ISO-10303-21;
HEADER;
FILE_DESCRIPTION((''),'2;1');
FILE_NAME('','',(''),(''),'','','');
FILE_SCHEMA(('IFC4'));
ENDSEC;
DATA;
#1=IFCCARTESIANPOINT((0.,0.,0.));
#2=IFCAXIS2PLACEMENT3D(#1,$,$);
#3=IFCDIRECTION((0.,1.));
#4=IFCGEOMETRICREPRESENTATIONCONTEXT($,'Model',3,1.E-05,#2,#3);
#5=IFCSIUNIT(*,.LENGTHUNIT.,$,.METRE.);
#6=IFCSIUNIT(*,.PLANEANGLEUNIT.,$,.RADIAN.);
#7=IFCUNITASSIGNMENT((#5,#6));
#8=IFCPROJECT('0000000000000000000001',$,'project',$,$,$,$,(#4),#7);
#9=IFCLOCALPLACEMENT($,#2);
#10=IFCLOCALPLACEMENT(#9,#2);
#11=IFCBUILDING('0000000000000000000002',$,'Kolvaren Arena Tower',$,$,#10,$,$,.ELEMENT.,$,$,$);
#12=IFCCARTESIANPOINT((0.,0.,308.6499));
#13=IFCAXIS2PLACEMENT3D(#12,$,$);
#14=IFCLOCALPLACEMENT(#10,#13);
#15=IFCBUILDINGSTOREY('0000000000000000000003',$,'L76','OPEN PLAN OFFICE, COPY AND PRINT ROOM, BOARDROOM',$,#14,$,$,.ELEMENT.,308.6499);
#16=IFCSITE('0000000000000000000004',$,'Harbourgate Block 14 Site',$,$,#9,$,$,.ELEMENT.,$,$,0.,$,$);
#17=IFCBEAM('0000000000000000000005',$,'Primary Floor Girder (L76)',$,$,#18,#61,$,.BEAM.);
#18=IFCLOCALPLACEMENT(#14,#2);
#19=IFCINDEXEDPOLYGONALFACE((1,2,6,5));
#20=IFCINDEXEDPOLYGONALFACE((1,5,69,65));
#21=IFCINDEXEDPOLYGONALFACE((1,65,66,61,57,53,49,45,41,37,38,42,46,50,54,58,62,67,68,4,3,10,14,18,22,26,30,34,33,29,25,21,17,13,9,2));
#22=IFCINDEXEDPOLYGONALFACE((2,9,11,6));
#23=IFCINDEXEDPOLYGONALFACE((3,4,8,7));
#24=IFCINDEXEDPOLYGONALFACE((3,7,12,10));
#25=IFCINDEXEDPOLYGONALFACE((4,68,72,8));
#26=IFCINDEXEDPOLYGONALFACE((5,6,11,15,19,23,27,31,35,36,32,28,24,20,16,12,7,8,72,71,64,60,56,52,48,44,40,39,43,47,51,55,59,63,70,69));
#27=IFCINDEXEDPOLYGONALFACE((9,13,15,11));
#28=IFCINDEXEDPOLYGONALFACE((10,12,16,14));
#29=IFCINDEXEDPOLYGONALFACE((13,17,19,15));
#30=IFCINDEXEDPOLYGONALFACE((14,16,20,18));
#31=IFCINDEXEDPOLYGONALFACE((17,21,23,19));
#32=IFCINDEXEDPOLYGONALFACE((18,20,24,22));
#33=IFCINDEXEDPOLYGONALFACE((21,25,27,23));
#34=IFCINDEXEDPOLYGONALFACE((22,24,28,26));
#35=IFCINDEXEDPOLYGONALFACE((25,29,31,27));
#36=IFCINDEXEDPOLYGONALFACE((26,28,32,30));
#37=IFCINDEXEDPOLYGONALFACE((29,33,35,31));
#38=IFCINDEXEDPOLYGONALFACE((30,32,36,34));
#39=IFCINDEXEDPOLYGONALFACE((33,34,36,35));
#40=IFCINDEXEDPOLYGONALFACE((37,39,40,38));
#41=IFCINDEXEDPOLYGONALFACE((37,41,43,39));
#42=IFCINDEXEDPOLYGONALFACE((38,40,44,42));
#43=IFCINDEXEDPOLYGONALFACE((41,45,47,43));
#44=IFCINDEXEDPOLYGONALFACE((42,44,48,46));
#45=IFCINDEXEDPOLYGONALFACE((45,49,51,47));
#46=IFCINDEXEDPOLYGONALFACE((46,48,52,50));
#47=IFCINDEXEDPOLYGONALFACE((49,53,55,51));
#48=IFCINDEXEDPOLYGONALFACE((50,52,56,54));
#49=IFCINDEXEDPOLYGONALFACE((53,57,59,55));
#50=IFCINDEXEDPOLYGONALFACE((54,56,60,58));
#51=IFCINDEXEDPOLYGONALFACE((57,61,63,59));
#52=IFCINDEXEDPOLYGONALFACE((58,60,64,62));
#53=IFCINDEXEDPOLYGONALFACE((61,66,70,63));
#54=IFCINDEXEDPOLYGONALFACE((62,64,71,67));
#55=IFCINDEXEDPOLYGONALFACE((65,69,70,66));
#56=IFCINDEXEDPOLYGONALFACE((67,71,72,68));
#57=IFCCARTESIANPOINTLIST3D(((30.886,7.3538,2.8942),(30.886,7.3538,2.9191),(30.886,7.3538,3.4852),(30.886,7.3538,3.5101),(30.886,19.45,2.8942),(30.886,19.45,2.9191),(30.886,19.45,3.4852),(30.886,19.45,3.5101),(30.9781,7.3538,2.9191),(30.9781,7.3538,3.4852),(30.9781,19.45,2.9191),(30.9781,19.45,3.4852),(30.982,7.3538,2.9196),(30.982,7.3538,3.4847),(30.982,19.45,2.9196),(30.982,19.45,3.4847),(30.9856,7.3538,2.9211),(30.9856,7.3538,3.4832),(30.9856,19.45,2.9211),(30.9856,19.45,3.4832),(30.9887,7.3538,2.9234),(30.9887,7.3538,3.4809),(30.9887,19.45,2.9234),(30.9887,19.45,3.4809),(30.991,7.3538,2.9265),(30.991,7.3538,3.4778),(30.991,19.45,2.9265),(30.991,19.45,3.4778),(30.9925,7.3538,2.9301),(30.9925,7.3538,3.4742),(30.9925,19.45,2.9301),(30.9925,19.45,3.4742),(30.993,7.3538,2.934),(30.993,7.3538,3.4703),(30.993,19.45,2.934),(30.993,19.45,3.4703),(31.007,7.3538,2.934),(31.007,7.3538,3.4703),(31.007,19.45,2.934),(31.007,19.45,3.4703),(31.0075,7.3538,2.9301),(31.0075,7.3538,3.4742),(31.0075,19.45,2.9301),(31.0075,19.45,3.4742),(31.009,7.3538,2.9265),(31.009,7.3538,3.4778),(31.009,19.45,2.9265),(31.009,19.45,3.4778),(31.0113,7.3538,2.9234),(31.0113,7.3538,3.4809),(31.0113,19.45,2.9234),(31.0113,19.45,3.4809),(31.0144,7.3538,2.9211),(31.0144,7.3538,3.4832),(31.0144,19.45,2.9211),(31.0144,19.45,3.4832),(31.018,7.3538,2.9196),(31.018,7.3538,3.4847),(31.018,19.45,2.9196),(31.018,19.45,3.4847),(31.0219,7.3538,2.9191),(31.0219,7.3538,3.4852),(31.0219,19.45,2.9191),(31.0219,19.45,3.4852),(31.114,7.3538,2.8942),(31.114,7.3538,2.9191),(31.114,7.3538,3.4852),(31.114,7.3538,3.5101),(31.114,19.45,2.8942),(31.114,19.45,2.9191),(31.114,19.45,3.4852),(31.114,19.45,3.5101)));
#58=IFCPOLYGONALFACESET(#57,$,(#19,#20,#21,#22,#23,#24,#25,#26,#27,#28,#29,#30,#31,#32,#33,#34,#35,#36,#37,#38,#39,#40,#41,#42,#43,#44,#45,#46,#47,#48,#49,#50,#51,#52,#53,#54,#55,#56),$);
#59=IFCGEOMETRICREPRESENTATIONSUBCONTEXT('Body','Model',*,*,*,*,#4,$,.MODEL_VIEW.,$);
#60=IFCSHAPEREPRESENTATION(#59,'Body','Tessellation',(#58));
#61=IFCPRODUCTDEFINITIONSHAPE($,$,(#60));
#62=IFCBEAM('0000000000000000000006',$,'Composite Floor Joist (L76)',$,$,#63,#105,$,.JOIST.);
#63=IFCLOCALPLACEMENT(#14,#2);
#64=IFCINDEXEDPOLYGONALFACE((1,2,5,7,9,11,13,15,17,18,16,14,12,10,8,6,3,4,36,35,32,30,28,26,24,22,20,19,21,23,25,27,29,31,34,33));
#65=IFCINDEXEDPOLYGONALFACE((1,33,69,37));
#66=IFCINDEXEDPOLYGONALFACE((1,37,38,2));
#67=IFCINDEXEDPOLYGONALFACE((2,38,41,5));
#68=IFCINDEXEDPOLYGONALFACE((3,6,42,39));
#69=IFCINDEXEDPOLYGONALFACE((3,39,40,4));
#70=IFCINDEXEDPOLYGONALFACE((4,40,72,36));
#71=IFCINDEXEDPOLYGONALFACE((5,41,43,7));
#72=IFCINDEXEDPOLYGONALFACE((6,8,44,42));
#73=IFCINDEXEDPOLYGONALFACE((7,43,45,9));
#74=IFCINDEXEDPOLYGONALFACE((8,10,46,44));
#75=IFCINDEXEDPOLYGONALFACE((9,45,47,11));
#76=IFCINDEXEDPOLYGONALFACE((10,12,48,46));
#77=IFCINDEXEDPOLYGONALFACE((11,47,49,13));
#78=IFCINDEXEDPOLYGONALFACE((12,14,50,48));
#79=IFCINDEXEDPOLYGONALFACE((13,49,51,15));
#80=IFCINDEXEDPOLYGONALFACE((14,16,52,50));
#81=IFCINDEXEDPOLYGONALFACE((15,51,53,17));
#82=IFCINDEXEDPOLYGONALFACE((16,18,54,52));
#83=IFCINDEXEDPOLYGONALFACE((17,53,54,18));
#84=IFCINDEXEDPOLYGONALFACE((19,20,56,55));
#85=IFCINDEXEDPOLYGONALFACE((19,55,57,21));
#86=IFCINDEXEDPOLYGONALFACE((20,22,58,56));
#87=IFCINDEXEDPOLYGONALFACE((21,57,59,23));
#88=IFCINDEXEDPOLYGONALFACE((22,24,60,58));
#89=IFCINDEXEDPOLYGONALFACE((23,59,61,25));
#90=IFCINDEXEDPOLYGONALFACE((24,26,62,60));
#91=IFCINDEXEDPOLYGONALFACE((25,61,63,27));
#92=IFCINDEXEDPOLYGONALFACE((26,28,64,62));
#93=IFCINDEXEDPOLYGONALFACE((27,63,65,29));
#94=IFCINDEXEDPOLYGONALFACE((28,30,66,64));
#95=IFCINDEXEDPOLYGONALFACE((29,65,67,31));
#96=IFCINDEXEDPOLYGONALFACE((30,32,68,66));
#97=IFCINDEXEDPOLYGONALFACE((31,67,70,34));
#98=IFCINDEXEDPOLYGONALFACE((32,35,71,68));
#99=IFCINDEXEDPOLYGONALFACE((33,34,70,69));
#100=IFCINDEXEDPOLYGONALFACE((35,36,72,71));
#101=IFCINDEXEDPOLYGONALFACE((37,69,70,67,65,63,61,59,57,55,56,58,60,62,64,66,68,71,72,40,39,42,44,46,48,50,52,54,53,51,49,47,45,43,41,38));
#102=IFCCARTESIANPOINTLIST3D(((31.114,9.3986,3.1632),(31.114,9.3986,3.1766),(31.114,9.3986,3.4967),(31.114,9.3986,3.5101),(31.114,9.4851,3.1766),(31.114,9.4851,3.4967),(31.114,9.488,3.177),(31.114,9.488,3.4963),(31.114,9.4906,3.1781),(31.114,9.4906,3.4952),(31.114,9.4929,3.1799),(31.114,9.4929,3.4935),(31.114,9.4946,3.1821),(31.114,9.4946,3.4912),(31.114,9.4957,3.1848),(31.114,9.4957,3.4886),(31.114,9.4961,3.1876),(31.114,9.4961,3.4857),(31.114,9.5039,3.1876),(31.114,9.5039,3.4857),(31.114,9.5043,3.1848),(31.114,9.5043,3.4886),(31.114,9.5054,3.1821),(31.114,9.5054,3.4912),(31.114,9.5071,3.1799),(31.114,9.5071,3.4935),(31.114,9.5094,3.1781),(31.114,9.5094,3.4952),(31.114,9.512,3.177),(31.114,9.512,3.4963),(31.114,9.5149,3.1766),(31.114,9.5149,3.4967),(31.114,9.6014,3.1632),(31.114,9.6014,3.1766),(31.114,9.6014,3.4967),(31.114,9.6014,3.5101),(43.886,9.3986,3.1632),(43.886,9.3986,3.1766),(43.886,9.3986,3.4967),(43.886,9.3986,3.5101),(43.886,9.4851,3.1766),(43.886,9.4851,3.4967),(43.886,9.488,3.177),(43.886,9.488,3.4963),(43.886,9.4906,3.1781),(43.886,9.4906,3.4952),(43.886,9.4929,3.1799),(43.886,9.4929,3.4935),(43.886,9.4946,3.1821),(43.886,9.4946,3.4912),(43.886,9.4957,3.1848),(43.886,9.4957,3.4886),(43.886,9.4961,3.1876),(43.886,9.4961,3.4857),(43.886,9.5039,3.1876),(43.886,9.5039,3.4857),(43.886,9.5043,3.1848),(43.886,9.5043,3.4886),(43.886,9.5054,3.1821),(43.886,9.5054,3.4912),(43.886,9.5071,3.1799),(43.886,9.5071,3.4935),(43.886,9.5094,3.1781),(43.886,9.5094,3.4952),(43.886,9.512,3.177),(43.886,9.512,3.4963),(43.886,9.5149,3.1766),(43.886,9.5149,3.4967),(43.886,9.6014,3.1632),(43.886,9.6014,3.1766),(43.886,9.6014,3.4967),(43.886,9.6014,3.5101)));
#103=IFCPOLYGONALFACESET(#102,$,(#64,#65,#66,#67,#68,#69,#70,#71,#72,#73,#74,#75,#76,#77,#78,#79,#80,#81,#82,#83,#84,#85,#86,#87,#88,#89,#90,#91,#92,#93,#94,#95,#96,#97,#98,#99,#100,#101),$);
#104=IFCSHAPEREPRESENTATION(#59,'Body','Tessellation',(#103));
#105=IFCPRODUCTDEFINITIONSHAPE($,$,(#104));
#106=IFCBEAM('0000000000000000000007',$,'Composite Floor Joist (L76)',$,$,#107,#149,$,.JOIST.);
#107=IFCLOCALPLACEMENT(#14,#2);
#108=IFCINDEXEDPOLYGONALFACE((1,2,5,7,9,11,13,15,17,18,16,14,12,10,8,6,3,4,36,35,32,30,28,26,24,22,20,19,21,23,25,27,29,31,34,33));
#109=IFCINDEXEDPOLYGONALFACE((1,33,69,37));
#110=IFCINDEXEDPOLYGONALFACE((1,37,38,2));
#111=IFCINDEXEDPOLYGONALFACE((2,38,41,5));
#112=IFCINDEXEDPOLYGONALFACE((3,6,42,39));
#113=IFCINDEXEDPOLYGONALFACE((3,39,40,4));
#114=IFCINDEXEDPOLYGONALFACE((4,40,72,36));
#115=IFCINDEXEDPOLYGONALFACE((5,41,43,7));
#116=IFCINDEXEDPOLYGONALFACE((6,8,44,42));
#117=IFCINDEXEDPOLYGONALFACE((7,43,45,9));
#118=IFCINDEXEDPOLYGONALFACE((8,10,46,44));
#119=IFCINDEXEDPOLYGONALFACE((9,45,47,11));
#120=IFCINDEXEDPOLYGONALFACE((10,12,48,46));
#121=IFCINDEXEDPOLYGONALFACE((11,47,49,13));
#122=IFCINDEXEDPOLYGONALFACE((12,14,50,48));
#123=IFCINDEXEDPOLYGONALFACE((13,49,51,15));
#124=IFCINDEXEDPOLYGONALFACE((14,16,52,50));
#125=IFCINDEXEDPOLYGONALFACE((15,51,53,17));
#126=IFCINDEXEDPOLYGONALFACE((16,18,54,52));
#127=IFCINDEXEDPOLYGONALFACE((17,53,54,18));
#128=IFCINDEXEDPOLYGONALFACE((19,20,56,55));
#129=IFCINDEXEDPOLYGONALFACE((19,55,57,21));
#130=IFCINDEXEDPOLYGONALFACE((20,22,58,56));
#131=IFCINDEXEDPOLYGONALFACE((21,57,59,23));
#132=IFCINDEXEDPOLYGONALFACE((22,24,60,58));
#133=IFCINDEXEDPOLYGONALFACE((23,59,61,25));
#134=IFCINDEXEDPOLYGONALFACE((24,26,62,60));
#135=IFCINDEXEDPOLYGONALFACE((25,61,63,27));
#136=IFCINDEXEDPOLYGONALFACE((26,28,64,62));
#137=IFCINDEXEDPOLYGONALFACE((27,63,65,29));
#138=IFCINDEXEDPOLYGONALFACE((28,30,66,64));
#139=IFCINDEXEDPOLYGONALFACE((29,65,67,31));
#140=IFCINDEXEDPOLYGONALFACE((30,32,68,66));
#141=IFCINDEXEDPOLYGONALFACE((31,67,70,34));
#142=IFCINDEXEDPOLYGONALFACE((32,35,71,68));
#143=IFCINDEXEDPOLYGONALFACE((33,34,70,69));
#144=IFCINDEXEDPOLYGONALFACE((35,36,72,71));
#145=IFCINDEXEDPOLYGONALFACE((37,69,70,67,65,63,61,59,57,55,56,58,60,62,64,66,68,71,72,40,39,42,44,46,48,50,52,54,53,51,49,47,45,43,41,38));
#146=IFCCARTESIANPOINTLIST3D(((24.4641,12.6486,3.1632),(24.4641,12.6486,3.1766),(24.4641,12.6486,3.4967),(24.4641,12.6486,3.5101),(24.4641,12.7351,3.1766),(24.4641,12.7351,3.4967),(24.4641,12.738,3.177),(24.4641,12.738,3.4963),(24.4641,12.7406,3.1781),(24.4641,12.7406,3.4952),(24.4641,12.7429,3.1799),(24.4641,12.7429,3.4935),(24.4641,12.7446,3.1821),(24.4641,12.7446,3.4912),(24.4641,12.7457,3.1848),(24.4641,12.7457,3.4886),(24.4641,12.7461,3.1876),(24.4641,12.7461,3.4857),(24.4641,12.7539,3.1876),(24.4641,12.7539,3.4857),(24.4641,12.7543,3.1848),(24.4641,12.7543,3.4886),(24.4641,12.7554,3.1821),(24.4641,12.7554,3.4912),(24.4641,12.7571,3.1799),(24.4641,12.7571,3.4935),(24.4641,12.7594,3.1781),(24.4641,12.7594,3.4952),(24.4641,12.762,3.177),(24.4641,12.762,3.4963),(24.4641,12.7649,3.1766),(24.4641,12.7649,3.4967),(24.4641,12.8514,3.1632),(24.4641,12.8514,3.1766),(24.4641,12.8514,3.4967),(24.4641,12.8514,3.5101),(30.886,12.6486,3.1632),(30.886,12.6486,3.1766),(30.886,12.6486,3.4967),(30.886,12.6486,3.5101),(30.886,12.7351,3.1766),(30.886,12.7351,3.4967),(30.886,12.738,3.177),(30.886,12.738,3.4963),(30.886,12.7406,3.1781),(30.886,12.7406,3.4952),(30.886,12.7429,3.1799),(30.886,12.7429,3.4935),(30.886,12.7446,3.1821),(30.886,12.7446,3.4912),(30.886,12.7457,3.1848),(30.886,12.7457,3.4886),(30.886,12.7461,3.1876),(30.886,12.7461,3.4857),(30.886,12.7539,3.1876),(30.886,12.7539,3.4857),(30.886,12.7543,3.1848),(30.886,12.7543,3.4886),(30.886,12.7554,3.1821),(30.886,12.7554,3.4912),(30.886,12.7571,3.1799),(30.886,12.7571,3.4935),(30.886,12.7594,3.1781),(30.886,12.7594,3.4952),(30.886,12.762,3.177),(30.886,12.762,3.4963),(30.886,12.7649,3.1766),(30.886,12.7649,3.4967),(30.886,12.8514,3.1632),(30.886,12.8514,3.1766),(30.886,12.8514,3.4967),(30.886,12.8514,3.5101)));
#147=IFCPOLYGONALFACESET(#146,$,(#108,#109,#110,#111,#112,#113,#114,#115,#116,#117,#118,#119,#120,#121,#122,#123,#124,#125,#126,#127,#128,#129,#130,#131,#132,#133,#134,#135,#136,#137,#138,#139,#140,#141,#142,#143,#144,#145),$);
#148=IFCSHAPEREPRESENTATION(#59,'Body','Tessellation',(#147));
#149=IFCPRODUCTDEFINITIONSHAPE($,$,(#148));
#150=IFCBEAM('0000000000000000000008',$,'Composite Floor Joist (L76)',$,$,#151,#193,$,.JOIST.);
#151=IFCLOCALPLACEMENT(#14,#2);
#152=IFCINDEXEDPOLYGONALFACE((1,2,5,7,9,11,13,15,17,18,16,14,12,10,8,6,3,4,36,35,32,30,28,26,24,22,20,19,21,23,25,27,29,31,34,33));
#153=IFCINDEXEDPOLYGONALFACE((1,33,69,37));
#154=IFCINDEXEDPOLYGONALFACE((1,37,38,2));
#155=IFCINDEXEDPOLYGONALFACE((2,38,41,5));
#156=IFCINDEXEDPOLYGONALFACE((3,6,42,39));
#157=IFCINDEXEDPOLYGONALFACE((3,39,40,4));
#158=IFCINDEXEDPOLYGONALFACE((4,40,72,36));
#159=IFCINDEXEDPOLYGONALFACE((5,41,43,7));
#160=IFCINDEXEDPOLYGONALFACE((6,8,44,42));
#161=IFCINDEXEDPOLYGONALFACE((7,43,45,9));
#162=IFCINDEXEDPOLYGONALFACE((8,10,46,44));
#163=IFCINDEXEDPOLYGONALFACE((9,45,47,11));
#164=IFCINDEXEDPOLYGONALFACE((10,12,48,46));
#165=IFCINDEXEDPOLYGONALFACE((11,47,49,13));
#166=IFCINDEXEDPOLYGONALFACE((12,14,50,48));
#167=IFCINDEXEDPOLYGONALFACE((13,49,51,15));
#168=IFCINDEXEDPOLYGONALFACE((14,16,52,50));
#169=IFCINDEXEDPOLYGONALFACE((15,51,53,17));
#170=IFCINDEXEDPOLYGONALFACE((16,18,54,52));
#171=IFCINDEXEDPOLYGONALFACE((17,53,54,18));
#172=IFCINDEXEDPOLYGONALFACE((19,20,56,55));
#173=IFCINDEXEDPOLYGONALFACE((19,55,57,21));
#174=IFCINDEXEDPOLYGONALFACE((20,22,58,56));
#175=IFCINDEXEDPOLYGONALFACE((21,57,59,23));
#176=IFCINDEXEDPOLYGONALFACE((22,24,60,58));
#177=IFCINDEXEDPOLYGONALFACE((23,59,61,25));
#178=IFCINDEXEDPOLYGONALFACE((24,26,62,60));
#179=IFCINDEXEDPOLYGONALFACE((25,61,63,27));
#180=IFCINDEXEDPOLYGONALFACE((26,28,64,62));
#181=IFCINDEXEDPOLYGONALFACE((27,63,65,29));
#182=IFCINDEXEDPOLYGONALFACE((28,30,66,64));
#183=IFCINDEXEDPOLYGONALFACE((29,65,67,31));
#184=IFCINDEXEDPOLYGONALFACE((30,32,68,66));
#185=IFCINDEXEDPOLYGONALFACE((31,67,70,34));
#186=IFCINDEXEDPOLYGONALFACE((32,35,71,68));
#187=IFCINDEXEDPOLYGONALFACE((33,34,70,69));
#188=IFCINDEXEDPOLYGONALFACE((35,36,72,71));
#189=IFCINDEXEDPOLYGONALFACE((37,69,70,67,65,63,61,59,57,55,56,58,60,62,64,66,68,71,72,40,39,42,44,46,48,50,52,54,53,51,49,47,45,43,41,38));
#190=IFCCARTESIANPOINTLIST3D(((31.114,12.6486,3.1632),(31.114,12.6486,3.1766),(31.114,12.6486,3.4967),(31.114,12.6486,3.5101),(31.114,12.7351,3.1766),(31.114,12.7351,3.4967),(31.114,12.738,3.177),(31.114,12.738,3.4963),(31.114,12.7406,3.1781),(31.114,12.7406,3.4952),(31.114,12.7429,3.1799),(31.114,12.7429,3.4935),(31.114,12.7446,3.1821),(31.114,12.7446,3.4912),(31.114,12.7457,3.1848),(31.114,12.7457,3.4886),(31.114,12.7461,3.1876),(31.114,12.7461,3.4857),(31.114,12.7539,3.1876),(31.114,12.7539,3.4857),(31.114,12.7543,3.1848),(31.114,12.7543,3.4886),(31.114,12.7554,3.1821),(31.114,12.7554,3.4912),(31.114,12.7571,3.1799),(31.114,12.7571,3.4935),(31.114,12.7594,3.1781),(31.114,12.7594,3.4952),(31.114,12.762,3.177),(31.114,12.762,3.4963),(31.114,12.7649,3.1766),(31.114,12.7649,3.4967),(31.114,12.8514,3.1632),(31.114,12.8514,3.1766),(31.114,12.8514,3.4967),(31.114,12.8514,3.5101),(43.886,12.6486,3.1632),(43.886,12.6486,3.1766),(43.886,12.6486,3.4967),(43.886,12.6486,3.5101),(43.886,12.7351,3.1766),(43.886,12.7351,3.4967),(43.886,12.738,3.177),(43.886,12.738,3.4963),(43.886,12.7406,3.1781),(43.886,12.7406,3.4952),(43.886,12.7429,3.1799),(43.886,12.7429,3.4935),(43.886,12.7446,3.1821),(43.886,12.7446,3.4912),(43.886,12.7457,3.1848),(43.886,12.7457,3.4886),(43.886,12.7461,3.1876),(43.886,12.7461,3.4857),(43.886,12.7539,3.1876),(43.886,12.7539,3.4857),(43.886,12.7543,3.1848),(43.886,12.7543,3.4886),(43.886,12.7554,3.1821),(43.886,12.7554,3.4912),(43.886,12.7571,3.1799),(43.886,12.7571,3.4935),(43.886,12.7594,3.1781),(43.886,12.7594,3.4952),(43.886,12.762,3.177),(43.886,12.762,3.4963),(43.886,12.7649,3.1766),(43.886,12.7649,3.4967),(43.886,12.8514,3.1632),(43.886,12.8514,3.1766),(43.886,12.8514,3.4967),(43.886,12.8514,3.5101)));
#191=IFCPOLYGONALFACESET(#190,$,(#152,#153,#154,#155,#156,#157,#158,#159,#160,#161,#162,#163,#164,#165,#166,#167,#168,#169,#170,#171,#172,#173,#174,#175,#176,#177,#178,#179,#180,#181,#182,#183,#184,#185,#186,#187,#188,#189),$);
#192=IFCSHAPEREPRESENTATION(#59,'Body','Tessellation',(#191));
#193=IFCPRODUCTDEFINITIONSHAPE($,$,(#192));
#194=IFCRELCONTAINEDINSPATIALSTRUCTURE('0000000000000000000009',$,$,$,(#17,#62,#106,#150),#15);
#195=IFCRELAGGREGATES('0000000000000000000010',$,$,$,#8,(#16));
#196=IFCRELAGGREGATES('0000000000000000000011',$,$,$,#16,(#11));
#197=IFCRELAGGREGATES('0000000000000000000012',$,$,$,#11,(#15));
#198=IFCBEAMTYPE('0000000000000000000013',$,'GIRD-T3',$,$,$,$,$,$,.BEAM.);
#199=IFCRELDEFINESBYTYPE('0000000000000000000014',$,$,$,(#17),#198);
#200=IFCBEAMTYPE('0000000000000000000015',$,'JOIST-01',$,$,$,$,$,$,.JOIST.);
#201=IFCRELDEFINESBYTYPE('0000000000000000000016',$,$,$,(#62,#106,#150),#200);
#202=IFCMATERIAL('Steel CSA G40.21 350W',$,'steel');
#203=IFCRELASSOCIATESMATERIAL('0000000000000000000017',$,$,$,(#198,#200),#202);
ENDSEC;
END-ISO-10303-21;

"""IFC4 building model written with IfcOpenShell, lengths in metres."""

from ifc_helpers import new_model, si_unit, direction, frame, origin, origin_2d, place, context, subcontext, project, spatial, i_section, extrude, material, material_profile, profile_set, type_object, element, save


model = new_model("IFC4")

# Units and contexts
model_context = context("Model", 3, precision=1e-05, world=origin(), true_north=direction((0.0, 1.0)))
body_context = subcontext(model_context, "Body", "Model", "MODEL_VIEW")
ifc_project = project(units=[si_unit("LENGTHUNIT", "METRE"), si_unit("PLANEANGLEUNIT", "RADIAN")], contexts=[model_context])

# Site, building, storey
site_placement = place(None, origin())
site = spatial("IfcSite", under=ifc_project, at=site_placement, Name="Harbourgate Block 14 Site", CompositionType="ELEMENT", RefElevation=0.0)
building_placement = place(site_placement, origin())
building = spatial("IfcBuilding", under=site, at=building_placement, Name="Kolvaren Arena Tower", CompositionType="ELEMENT")
storey_placement = place(building_placement, frame((0.0, 0.0, 308.6499)))
storey = spatial("IfcBuildingStorey", under=building, at=storey_placement, Name="L76", Description="OPEN PLAN OFFICE, COPY AND PRINT ROOM, BOARDROOM", CompositionType="ELEMENT", Elevation=308.6499)

# Beams
ifc_material_1 = material(Name="Steel CSA G40.21 350W", Category="steel")
ifc_material_profile_1 = material_profile(ifc_material_1, i_section(OverallWidth=0.228, OverallDepth=0.616, WebThickness=0.0139, FlangeThickness=0.0249, FilletRadius=0.0149, at=origin_2d()), Name="W610x174")
ifc_profile_set_1 = profile_set([ifc_material_profile_1], Name="Steel CSA G40.21 350W")
beam_type_1 = type_object("IfcBeamType", Name="GIRD-T3", PredefinedType="BEAM", material=ifc_profile_set_1)
beam_1_placement = place(storey_placement, frame((31.0, 7.3538, 3.2021), z_axis=(0.0, 1.0, 0.0), x_axis=(-1.0, 0.0, 0.0)))
element("IfcBeam", 1, at=beam_1_placement, inside=storey, type_object=beam_type_1, Name="Primary Floor Girder (L76)", PredefinedType="BEAM", context=body_context, shape_type="SweptSolid", body=[
    extrude(i_section(OverallWidth=0.228, OverallDepth=0.616, WebThickness=0.0139, FlangeThickness=0.0249, FilletRadius=0.0149, at=origin_2d()), origin(), (0.0, 0.0, 1.0), 12.0962),
])
ifc_material_profile_2 = material_profile(ifc_material_1, i_section(OverallWidth=0.2029, OverallDepth=0.3469, WebThickness=0.0078, FlangeThickness=0.0134, FilletRadius=0.011, at=origin_2d()), Name="W360x64")
ifc_profile_set_2 = profile_set([ifc_material_profile_2], Name="Steel CSA G40.21 350W")
beam_type_2 = type_object("IfcBeamType", Name="JOIST-01", PredefinedType="JOIST", material=ifc_profile_set_2)
beam_2_placement = place(storey_placement, frame((31.114, 9.5, 3.3367), z_axis=(1.0, 0.0, 0.0), x_axis=(0.0, 1.0, 0.0)))
element("IfcBeam", 2, at=beam_2_placement, inside=storey, type_object=beam_type_2, Name="Composite Floor Joist (L76)", PredefinedType="JOIST", context=body_context, shape_type="SweptSolid", body=[
    extrude(i_section(OverallWidth=0.2029, OverallDepth=0.3469, WebThickness=0.0078, FlangeThickness=0.0134, FilletRadius=0.011, at=origin_2d()), origin(), (0.0, 0.0, 1.0), 12.772),
])
beam_3_placement = place(storey_placement, frame((24.4641, 12.75, 3.3367), z_axis=(1.0, 0.0, 0.0), x_axis=(0.0, 1.0, 0.0)))
element("IfcBeam", 3, at=beam_3_placement, inside=storey, type_object=beam_type_2, Name="Composite Floor Joist (L76)", PredefinedType="JOIST", context=body_context, shape_type="SweptSolid", body=[
    extrude(i_section(OverallWidth=0.2029, OverallDepth=0.3469, WebThickness=0.0078, FlangeThickness=0.0134, FilletRadius=0.011, at=origin_2d()), origin(), (0.0, 0.0, 1.0), 6.4219),
])
beam_4_placement = place(storey_placement, frame((31.114, 12.75, 3.3367), z_axis=(1.0, 0.0, 0.0), x_axis=(0.0, 1.0, 0.0)))
element("IfcBeam", 4, at=beam_4_placement, inside=storey, type_object=beam_type_2, Name="Composite Floor Joist (L76)", PredefinedType="JOIST", context=body_context, shape_type="SweptSolid", body=[
    extrude(i_section(OverallWidth=0.2029, OverallDepth=0.3469, WebThickness=0.0078, FlangeThickness=0.0134, FilletRadius=0.011, at=origin_2d()), origin(), (0.0, 0.0, 1.0), 12.772),
])

save(model, "model.ifc")
